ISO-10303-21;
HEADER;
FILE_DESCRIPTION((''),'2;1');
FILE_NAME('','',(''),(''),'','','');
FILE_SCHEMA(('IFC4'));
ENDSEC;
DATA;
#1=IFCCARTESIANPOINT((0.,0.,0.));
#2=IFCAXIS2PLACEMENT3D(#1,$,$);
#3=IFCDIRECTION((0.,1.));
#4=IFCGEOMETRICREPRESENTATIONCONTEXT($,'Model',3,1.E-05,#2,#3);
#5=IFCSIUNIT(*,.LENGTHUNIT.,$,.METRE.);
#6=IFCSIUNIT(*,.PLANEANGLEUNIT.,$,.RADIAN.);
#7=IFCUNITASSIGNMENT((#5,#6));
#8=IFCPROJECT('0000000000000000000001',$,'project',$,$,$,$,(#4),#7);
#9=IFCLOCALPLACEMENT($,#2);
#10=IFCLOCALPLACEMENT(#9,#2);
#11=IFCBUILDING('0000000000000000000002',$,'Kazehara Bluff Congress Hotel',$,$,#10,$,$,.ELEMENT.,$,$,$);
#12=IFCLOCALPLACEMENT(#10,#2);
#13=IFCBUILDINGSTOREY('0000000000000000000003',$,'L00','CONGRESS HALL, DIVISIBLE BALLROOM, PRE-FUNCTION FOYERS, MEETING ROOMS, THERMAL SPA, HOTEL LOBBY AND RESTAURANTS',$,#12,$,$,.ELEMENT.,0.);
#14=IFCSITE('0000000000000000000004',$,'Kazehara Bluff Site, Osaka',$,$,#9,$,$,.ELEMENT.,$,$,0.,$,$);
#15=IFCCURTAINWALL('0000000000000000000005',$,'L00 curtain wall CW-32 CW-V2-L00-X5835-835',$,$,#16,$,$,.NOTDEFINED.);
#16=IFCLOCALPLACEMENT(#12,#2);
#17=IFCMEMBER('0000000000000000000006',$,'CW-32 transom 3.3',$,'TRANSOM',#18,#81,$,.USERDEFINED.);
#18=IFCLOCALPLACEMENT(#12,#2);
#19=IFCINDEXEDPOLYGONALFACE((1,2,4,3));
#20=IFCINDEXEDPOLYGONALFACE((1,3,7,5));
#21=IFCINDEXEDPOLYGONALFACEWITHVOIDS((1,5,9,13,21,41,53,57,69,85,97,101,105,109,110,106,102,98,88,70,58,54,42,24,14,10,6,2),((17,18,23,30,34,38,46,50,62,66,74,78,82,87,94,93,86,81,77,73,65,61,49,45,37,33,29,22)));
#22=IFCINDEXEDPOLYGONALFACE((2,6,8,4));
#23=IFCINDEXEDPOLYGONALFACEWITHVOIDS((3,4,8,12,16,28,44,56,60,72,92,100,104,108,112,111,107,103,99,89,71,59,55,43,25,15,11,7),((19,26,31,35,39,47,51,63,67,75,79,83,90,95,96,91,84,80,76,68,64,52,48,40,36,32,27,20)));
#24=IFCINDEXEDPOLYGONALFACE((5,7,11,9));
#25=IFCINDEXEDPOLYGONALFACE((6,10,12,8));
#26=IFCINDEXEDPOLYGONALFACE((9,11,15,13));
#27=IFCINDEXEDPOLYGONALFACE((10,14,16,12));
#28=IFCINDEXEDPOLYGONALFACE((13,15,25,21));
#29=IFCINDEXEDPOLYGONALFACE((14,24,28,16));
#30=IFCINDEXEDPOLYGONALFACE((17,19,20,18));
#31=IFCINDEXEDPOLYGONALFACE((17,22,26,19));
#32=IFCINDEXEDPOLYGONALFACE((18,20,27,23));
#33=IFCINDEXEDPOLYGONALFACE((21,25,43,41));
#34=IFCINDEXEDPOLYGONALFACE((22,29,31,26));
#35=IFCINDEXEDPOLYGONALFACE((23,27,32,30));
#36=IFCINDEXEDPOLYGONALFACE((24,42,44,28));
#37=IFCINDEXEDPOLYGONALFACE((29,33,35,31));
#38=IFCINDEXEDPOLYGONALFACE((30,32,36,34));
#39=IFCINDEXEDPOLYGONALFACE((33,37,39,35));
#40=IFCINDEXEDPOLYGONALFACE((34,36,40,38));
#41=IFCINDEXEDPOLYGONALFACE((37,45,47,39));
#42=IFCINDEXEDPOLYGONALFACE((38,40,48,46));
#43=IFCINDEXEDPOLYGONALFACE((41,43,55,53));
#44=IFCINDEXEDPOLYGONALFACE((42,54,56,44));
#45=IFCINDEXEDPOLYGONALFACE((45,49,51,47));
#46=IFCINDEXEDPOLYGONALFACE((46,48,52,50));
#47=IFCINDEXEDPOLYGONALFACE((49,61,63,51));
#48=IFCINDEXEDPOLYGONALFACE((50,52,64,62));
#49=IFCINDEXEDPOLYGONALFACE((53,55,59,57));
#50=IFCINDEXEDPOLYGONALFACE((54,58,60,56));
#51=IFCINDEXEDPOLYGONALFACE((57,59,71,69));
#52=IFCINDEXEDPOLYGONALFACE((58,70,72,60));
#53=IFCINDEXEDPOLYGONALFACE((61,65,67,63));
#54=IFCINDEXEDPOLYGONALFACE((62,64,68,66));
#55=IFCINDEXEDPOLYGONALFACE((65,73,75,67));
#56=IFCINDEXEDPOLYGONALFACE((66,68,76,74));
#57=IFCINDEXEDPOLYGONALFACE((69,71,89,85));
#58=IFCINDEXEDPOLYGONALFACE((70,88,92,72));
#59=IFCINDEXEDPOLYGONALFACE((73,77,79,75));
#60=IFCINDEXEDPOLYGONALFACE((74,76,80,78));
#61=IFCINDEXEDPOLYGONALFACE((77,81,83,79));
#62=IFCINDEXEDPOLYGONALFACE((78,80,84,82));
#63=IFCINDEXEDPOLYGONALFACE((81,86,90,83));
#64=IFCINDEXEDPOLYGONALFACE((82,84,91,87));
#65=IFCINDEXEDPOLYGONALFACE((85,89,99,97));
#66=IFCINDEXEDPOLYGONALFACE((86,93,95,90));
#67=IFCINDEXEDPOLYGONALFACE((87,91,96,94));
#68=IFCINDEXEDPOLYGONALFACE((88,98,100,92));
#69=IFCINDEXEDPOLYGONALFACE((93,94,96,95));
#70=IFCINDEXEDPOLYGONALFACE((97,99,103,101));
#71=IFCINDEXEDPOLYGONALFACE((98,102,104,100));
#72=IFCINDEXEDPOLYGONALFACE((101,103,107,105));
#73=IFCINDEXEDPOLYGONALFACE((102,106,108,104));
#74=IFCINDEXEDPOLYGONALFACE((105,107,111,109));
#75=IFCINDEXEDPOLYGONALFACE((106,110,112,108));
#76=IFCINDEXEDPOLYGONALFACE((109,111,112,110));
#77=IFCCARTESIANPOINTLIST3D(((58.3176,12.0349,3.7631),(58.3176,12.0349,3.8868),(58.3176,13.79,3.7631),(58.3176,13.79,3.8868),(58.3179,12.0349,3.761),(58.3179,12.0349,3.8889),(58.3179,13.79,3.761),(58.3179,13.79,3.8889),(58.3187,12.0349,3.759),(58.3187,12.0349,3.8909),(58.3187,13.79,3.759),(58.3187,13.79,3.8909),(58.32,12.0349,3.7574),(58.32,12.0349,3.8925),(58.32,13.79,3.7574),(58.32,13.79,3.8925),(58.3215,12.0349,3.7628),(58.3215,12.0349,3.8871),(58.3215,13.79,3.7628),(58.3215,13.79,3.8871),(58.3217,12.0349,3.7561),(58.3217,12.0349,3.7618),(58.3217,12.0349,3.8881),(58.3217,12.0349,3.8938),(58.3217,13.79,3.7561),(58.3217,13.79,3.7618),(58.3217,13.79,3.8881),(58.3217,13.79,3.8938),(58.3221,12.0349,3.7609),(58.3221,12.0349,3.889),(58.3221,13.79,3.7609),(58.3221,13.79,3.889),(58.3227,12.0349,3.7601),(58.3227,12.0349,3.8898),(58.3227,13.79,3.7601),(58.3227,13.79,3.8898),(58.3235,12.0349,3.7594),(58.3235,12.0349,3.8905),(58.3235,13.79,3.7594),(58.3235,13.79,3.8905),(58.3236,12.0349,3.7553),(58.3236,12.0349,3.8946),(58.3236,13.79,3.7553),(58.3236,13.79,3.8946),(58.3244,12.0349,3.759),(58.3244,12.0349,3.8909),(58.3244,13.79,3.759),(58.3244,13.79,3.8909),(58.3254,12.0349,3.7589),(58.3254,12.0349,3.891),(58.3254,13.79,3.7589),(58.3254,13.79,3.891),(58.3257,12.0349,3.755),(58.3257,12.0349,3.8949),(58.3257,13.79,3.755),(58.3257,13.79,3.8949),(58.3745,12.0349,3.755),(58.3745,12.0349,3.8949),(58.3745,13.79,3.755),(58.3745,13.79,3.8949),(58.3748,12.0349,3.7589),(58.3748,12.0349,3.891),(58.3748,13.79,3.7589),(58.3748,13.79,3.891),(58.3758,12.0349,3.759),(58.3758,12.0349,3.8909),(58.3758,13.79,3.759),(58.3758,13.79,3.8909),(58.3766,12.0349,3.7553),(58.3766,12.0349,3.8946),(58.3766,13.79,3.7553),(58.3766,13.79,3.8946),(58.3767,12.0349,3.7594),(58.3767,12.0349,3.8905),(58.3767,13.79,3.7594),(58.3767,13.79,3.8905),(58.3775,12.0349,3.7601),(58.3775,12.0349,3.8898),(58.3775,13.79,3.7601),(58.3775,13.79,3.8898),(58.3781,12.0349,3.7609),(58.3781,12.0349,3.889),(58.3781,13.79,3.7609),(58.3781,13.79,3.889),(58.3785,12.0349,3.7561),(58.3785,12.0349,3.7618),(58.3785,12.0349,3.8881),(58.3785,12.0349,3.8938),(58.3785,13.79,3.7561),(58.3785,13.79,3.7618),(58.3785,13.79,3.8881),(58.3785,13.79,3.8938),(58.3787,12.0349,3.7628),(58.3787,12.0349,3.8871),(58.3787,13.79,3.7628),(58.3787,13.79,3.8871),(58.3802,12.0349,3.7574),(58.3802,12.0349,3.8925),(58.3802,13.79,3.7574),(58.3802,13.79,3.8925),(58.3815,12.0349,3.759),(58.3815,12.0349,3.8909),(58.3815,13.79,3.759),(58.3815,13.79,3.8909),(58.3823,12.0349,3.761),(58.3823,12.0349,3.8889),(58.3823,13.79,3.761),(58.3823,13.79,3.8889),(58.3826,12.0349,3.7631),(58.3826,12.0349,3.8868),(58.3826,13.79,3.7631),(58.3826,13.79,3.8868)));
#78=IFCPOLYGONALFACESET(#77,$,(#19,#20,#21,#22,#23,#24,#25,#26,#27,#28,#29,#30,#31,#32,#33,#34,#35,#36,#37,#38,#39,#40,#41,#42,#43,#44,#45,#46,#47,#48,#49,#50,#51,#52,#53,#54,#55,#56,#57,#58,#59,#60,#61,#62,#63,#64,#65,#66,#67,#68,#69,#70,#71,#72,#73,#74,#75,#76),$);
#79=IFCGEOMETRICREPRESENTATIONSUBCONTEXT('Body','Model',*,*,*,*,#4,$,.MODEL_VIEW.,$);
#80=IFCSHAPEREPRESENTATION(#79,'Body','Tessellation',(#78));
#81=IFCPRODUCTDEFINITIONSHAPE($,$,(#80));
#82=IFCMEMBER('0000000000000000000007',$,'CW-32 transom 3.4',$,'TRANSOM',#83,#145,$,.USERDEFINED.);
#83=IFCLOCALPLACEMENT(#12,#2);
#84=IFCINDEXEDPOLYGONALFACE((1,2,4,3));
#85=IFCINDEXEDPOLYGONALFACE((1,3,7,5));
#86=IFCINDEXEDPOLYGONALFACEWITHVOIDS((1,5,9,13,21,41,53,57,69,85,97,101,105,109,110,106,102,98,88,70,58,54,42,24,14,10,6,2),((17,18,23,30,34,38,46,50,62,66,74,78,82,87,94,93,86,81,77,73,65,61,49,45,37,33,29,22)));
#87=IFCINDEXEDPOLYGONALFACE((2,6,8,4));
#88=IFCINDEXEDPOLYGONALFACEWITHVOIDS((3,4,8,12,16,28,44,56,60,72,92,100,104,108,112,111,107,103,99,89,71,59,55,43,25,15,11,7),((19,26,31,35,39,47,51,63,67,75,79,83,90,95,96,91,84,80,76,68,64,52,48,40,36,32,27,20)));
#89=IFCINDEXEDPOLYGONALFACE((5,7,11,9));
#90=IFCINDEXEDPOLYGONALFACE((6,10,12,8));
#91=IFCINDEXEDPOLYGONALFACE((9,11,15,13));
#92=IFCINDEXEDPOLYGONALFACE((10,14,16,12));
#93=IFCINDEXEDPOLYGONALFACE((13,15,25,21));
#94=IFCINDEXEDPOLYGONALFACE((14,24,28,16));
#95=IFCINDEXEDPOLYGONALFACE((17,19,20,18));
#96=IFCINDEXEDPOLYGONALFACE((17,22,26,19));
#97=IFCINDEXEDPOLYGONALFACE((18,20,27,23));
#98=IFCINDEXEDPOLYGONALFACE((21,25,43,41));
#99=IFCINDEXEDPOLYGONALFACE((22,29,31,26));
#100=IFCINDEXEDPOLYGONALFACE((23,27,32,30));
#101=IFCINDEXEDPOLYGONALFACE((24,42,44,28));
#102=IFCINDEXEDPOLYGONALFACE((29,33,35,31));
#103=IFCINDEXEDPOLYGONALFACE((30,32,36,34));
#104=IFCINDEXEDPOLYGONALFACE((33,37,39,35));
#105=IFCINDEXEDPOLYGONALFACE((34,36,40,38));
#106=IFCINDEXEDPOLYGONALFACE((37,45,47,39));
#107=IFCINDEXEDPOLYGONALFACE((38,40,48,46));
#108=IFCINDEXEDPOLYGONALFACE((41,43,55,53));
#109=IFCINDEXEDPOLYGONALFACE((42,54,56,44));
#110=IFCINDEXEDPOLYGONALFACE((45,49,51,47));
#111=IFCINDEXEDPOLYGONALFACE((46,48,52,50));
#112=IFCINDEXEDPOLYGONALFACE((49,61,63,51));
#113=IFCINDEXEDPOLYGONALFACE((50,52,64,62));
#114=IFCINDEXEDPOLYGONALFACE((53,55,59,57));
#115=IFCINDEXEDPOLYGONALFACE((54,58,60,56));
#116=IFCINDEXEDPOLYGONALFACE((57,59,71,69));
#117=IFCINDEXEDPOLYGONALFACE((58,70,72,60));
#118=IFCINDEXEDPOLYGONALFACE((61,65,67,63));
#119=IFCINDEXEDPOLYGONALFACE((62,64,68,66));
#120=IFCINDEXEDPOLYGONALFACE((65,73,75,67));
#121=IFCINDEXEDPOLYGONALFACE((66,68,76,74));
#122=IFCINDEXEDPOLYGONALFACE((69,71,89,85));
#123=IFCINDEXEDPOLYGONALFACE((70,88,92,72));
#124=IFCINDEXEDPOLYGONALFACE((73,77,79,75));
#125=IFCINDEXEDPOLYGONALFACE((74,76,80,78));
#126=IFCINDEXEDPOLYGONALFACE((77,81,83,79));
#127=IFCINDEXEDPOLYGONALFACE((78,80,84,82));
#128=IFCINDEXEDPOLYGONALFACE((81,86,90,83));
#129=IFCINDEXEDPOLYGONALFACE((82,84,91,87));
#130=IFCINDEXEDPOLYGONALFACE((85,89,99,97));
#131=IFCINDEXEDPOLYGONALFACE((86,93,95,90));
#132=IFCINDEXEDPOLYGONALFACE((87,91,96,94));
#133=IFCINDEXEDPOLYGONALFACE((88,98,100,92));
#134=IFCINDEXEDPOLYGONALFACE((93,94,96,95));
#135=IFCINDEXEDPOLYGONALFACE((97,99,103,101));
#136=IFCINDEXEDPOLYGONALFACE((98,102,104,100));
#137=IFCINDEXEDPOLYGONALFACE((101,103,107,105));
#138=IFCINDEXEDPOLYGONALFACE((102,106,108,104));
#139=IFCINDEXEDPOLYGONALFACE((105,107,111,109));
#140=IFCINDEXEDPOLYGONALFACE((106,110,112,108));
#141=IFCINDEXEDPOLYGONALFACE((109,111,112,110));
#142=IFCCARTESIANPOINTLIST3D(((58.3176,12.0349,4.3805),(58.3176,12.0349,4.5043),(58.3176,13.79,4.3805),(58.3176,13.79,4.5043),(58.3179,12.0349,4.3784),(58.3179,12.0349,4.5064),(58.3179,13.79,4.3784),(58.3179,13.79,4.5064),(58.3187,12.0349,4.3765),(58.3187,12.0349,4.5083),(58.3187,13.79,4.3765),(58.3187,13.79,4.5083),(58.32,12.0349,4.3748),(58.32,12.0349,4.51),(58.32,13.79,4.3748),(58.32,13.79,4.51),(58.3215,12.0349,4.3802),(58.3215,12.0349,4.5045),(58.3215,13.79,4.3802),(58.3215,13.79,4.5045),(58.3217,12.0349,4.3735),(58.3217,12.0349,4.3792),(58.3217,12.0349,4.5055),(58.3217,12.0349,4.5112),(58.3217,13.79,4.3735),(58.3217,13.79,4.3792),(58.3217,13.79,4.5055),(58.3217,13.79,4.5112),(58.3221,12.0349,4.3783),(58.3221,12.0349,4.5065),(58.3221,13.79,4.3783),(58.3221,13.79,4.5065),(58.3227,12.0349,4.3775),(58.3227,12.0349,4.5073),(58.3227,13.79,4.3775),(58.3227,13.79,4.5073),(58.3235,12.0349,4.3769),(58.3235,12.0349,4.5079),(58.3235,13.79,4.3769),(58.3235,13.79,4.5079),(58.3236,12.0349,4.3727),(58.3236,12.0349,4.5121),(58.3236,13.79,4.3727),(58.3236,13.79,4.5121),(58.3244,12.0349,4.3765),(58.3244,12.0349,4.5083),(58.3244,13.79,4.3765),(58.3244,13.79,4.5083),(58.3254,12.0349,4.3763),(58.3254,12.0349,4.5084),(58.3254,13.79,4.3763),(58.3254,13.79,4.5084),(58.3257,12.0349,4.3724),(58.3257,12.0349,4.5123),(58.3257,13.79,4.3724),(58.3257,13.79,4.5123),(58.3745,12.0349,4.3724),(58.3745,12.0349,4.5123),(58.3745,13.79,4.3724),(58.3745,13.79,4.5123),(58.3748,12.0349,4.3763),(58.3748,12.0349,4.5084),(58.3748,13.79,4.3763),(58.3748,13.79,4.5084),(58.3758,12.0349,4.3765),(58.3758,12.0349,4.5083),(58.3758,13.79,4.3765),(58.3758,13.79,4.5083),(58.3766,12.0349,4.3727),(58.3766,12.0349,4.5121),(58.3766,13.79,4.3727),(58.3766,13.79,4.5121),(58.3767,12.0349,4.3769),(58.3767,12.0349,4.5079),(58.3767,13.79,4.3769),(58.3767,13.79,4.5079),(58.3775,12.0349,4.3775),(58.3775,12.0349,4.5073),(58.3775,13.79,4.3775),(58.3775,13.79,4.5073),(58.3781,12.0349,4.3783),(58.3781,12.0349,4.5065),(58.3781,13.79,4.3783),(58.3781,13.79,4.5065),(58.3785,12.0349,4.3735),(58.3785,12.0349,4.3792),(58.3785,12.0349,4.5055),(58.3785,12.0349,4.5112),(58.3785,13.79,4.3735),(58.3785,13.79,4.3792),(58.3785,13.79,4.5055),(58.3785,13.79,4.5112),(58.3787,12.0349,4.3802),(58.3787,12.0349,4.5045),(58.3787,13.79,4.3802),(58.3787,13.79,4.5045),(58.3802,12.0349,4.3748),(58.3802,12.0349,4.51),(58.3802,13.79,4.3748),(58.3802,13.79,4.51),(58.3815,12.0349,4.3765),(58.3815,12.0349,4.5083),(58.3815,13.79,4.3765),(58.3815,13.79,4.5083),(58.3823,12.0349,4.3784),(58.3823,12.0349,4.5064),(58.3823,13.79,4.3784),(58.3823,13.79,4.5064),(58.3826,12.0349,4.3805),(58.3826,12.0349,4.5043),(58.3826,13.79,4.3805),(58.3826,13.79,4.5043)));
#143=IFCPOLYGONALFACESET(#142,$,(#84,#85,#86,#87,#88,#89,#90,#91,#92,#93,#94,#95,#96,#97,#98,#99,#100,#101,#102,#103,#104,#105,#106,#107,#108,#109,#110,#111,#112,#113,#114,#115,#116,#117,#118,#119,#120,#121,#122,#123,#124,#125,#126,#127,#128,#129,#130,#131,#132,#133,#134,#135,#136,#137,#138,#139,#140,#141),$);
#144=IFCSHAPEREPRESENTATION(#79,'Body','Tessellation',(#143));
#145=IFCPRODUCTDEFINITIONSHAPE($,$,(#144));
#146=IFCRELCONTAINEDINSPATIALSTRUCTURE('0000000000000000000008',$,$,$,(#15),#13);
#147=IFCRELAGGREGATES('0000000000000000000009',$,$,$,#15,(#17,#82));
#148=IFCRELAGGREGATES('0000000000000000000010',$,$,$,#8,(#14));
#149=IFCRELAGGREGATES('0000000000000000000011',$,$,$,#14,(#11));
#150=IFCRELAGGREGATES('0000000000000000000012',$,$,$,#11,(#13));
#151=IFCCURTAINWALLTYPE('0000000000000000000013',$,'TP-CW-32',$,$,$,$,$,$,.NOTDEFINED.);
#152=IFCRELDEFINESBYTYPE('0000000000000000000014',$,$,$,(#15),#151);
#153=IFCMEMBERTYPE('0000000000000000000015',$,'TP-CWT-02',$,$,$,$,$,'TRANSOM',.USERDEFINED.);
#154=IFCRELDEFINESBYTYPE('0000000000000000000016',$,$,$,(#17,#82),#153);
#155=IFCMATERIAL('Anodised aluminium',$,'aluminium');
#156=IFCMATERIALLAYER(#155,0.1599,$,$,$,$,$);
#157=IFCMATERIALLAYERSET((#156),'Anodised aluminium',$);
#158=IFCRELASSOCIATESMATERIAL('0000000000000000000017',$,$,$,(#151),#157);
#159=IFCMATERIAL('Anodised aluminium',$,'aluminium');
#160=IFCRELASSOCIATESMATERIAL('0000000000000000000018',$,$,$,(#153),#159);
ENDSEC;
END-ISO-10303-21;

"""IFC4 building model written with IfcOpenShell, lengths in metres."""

from ifc_helpers import new_model, si_unit, direction, frame, origin, origin_2d, place, context, subcontext, project, spatial, hollow_rectangle, extrude, material, layer, layer_set, material_profile, profile_set, type_object, element, aggregate, save


model = new_model("IFC4")

# Units and contexts
model_context = context("Model", 3, precision=1e-05, world=origin(), true_north=direction((0.0, 1.0)))
body_context = subcontext(model_context, "Body", "Model", "MODEL_VIEW")
ifc_project = project(units=[si_unit("LENGTHUNIT", "METRE"), si_unit("PLANEANGLEUNIT", "RADIAN")], contexts=[model_context])

# Site, building, storey
site_placement = place(None, origin())
site = spatial("IfcSite", under=ifc_project, at=site_placement, Name="Kazehara Bluff Site, Osaka", CompositionType="ELEMENT", RefElevation=0.0)
building_placement = place(site_placement, origin())
building = spatial("IfcBuilding", under=site, at=building_placement, Name="Kazehara Bluff Congress Hotel", CompositionType="ELEMENT")
storey_placement = place(building_placement, origin())
storey = spatial("IfcBuildingStorey", under=building, at=storey_placement, Name="L00", Description="CONGRESS HALL, DIVISIBLE BALLROOM, PRE-FUNCTION FOYERS, MEETING ROOMS, THERMAL SPA, HOTEL LOBBY AND RESTAURANTS", CompositionType="ELEMENT", Elevation=0.0)

# Curtain wall
ifc_material_1 = material(Name="Anodised aluminium", Category="aluminium")
ifc_layer_1 = layer(ifc_material_1, 0.1599)
ifc_layer_set_1 = layer_set([ifc_layer_1], Name="Anodised aluminium")
curtain_wall_type = type_object("IfcCurtainWallType", Name="TP-CW-32", PredefinedType="NOTDEFINED", material=ifc_layer_set_1)
curtain_wall_1_placement = place(storey_placement, origin())
curtain_wall_1 = element("IfcCurtainWall", 1, at=curtain_wall_1_placement, inside=storey, type_object=curtain_wall_type, Name="L00 curtain wall CW-32 CW-V2-L00-X5835-835", PredefinedType="NOTDEFINED")

# Members
ifc_material_2 = material(Name="Anodised aluminium", Category="aluminium")
ifc_material_profile_1 = material_profile(ifc_material_2, hollow_rectangle(XDim=0.0649, YDim=0.1399, WallThickness=0.0039, InnerFilletRadius=0.0039, OuterFilletRadius=0.0081, at=origin_2d()))
ifc_profile_set_1 = profile_set([ifc_material_profile_1], Name="Anodised aluminium")
member_type_1 = type_object("IfcMemberType", Name="TP-CWT-02", ElementType="TRANSOM", PredefinedType="USERDEFINED", material=ifc_profile_set_1)
member_1_placement = place(storey_placement, frame((58.3501, 12.0349, 3.825), z_axis=(0.0, 1.0, 0.0), x_axis=(-1.0, 0.0, 0.0)))
member_1 = element("IfcMember", 2, at=member_1_placement, type_object=member_type_1, Name="CW-32 transom 3.3", ObjectType="TRANSOM", PredefinedType="USERDEFINED", context=body_context, shape_type="SweptSolid", body=[
    extrude(hollow_rectangle(XDim=0.0649, YDim=0.1399, WallThickness=0.0039, InnerFilletRadius=0.0039, OuterFilletRadius=0.0081, at=origin_2d()), origin(), (0.0, 0.0, 1.0), 1.7551),
])
member_2_placement = place(storey_placement, frame((58.3501, 12.0349, 4.4424), z_axis=(0.0, 1.0, 0.0), x_axis=(-1.0, 0.0, 0.0)))
member_2 = element("IfcMember", 3, at=member_2_placement, type_object=member_type_1, Name="CW-32 transom 3.4", ObjectType="TRANSOM", PredefinedType="USERDEFINED", context=body_context, shape_type="SweptSolid", body=[
    extrude(hollow_rectangle(XDim=0.0649, YDim=0.1399, WallThickness=0.0039, InnerFilletRadius=0.0039, OuterFilletRadius=0.0081, at=origin_2d()), origin(), (0.0, 0.0, 1.0), 1.7551),
])

aggregate(curtain_wall_1, [member_1, member_2])

save(model, "model.ifc")
